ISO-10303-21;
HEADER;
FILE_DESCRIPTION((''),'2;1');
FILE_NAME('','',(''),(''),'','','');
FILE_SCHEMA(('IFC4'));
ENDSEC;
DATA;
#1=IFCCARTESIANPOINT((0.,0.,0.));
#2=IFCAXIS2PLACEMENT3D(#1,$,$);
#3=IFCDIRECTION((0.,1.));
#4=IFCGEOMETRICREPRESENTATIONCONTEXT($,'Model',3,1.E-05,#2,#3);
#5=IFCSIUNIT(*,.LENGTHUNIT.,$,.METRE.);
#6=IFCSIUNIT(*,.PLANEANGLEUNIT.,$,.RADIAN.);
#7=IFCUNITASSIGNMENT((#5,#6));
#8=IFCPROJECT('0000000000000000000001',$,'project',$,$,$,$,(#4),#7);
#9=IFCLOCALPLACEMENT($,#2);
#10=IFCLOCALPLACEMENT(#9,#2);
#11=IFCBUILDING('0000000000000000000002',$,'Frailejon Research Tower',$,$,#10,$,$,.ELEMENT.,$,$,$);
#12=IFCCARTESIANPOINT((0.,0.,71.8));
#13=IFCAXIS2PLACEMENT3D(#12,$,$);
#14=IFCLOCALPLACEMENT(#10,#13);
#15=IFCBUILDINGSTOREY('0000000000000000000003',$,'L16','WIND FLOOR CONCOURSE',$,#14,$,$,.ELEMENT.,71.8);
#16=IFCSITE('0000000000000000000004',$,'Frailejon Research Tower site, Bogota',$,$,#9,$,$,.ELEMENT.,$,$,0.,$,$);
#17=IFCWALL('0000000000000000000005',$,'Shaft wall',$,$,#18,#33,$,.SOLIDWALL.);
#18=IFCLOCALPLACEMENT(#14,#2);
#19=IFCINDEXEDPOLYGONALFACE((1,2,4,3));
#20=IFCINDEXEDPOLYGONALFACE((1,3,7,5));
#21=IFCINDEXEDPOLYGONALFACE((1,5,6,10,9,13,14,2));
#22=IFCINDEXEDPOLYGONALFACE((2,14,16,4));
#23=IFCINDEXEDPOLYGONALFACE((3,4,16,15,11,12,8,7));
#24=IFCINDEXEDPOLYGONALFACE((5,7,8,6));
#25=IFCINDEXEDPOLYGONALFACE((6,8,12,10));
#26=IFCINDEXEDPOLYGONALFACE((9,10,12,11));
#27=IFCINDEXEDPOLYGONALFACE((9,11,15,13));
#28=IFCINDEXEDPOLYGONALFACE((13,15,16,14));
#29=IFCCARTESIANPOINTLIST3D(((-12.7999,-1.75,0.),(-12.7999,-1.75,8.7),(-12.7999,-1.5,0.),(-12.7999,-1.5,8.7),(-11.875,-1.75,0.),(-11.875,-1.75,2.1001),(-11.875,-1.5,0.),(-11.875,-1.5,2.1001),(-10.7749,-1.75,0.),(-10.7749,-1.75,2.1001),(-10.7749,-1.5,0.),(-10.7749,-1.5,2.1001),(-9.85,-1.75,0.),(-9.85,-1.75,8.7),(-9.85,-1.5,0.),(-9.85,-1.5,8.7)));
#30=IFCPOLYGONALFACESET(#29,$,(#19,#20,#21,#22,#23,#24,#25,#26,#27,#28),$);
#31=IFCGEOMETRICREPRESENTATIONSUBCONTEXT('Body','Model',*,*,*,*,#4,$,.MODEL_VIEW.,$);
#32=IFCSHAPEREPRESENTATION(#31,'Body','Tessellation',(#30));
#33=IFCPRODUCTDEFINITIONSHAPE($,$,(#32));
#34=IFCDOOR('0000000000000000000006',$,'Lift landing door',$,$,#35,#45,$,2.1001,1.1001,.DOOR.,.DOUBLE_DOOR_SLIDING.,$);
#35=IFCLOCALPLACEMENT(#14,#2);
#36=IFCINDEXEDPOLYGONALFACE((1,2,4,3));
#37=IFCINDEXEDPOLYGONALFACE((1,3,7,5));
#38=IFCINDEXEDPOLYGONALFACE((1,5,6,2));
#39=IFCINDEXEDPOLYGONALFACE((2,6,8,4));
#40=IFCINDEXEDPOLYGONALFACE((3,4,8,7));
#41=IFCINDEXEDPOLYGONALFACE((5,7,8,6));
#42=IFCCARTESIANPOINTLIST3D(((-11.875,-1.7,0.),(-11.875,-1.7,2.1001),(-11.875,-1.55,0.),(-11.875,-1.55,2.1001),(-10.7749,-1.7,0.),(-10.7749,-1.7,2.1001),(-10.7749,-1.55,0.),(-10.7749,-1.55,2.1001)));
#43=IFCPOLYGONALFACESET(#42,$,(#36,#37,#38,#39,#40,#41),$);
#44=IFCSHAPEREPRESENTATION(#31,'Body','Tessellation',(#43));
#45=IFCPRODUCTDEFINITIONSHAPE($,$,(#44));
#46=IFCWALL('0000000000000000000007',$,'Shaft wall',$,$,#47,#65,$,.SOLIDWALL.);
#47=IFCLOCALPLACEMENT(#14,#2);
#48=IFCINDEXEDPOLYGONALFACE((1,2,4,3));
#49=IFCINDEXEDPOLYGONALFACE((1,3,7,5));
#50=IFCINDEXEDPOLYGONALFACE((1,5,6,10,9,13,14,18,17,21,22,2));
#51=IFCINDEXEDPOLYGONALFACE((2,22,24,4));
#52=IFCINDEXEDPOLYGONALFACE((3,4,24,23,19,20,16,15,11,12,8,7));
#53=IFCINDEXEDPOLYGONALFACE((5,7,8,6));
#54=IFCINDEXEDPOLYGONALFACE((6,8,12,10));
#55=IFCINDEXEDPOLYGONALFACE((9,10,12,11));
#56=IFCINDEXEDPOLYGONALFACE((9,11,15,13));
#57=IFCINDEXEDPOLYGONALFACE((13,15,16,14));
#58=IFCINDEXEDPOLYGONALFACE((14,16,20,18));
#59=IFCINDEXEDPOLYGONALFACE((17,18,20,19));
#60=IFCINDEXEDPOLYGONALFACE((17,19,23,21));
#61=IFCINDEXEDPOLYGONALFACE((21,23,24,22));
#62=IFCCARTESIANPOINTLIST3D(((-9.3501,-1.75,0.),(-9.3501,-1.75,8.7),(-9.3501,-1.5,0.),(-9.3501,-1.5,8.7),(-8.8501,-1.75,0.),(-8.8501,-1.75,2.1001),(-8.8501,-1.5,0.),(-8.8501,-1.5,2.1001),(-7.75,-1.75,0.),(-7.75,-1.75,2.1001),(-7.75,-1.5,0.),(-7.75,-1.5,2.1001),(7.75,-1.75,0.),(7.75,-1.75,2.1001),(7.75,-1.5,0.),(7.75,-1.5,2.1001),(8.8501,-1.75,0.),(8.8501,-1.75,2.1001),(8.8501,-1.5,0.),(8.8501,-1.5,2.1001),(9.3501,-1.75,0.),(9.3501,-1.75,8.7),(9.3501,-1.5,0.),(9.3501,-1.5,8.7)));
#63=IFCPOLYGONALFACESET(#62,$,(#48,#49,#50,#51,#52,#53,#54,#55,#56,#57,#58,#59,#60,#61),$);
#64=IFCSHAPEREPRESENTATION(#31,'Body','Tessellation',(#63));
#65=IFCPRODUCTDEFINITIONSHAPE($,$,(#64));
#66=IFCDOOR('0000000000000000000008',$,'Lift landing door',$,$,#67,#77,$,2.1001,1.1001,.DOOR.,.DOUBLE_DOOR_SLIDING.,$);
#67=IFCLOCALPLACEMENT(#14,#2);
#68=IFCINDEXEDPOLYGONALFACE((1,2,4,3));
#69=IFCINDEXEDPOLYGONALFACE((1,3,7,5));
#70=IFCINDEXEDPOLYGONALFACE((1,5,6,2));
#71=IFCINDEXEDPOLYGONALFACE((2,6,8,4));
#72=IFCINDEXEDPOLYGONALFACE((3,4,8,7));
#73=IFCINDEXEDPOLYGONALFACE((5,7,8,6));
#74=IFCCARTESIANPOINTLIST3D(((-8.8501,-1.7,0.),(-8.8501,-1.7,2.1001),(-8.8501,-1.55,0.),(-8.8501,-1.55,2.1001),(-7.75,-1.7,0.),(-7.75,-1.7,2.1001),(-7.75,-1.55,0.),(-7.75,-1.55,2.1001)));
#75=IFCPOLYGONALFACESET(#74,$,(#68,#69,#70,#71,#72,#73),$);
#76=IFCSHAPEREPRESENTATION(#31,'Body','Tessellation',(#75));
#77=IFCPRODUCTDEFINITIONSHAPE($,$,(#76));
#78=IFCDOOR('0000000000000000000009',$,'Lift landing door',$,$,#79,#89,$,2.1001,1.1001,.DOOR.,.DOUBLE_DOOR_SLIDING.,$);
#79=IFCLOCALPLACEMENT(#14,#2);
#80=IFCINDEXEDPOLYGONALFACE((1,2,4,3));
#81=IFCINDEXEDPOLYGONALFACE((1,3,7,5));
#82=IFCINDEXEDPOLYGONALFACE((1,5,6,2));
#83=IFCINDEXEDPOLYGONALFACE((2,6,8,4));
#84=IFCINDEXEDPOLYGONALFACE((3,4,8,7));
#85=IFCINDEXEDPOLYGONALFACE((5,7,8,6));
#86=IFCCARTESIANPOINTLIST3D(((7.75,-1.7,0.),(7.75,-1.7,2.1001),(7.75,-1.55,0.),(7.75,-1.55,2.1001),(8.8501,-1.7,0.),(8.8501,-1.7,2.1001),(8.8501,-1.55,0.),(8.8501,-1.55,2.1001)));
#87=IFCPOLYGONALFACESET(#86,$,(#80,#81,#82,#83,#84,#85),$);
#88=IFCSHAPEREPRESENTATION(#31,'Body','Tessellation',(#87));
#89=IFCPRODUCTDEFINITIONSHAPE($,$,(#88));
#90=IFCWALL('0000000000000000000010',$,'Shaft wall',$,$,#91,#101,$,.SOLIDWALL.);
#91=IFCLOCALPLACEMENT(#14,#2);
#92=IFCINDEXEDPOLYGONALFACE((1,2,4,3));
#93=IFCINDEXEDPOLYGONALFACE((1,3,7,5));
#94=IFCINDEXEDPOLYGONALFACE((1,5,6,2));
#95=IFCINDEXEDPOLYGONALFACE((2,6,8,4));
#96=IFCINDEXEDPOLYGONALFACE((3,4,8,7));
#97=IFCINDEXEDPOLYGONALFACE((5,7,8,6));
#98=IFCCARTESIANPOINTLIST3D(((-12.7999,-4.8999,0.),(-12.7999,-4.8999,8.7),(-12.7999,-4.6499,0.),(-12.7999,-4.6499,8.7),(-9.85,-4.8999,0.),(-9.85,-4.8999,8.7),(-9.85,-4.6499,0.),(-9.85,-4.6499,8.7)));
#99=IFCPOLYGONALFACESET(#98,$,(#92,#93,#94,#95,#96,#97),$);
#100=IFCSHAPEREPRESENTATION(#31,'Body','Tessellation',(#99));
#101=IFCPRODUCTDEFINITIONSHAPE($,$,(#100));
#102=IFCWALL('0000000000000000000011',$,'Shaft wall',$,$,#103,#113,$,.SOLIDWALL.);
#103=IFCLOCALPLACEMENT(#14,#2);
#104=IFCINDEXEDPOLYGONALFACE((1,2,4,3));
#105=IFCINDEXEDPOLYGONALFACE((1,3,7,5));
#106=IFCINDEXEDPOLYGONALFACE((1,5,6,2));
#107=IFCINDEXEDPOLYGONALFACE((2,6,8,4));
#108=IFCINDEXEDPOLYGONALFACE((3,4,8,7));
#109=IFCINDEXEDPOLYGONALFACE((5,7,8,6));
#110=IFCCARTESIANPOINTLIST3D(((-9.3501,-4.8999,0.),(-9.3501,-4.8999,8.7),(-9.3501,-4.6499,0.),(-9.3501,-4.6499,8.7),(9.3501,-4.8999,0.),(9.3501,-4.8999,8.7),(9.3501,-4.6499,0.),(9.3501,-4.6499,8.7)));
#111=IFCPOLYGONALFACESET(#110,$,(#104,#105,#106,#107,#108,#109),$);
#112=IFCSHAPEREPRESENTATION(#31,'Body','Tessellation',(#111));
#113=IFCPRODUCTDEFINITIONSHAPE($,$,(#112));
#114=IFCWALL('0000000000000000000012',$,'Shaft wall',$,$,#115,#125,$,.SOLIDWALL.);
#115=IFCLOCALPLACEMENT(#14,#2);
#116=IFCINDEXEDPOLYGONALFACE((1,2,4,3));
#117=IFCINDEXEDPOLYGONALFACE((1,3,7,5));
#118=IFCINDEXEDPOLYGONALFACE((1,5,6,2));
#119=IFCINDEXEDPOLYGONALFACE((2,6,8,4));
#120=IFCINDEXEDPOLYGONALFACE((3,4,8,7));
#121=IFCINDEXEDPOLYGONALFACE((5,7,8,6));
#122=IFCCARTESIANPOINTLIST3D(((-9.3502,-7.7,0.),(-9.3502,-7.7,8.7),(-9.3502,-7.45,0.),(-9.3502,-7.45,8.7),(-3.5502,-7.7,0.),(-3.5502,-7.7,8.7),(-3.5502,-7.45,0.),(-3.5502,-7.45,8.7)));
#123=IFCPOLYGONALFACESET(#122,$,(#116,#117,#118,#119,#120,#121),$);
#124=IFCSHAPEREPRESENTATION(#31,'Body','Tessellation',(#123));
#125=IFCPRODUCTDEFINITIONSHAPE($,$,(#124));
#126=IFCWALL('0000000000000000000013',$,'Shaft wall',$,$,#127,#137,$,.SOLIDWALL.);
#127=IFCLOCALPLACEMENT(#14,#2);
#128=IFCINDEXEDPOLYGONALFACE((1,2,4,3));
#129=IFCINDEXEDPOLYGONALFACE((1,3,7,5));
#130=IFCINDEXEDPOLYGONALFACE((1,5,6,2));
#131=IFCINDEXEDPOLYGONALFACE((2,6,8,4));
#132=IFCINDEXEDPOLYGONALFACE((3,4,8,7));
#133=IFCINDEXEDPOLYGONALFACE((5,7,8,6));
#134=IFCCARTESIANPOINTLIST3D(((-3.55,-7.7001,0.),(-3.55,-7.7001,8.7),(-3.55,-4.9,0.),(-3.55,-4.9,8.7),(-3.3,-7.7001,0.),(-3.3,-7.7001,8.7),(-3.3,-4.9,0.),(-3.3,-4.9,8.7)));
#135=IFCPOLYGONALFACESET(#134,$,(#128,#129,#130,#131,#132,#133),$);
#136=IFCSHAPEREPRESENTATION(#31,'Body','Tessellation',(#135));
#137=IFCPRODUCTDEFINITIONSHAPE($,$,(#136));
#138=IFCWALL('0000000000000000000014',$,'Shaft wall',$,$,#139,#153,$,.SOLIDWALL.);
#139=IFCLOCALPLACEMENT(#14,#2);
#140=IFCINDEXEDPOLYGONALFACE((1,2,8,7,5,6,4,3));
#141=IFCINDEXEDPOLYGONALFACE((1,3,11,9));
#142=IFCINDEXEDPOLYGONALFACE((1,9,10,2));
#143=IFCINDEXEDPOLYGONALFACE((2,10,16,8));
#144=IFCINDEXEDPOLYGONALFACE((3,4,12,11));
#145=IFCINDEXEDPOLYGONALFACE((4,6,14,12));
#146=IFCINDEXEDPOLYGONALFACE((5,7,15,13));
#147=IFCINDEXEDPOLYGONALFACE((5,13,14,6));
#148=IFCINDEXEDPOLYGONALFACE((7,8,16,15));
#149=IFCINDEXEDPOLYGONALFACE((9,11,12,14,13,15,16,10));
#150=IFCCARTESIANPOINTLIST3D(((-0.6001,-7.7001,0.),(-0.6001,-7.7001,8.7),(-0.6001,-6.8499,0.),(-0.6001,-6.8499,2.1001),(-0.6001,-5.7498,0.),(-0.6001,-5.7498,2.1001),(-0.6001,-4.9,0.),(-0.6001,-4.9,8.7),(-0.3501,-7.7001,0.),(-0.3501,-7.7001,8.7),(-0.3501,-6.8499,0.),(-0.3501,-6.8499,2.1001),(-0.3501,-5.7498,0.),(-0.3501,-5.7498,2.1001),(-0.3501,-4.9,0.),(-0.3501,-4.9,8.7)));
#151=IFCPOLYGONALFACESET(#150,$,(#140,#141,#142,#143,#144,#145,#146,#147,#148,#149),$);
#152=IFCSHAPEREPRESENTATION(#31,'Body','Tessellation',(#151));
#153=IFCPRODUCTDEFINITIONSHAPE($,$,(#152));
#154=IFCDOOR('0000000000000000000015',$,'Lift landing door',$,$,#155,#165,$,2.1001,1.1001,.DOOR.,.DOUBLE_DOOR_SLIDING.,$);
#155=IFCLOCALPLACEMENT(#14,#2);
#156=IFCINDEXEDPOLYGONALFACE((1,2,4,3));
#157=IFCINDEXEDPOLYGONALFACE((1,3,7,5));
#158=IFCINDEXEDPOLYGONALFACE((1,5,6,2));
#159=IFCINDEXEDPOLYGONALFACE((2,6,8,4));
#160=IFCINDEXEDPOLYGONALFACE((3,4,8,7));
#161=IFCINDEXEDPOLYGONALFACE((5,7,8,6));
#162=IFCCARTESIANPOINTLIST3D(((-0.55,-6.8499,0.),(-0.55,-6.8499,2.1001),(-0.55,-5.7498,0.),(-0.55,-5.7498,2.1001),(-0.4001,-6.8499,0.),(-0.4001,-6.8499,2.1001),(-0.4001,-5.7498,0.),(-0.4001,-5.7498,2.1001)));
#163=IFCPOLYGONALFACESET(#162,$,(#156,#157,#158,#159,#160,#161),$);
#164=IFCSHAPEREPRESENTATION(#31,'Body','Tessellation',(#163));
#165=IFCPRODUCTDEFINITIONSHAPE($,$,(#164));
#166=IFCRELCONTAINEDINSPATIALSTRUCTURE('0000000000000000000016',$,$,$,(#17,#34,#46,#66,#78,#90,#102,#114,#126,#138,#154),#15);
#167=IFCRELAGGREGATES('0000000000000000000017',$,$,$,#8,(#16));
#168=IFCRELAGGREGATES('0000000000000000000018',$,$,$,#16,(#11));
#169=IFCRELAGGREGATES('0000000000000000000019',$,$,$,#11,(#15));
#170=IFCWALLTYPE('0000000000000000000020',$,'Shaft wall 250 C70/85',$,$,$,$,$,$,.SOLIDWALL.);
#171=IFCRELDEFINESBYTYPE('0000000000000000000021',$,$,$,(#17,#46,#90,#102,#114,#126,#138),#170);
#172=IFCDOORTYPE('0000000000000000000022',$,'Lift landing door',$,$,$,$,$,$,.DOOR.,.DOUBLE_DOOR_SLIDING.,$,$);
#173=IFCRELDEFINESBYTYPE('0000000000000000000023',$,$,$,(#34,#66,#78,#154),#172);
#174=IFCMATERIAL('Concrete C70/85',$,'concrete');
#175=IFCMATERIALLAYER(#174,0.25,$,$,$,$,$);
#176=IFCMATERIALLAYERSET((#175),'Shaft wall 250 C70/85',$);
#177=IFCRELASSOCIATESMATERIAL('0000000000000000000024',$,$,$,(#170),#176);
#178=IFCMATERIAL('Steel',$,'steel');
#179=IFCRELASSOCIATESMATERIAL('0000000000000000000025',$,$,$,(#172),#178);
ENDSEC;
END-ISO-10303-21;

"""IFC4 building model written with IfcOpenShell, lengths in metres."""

from ifc_helpers import new_model, si_unit, direction, frame, frame_2d, origin, place, context, subcontext, project, spatial, rectangle, extrude, material, layer, layer_set, type_object, element, fill, save


model = new_model("IFC4")

# Units and contexts
model_context = context("Model", 3, precision=1e-05, world=origin(), true_north=direction((0.0, 1.0)))
body_context = subcontext(model_context, "Body", "Model", "MODEL_VIEW")
ifc_project = project(units=[si_unit("LENGTHUNIT", "METRE"), si_unit("PLANEANGLEUNIT", "RADIAN")], contexts=[model_context])

# Site, building, storey
site_placement = place(None, origin())
site = spatial("IfcSite", under=ifc_project, at=site_placement, Name="Frailejon Research Tower site, Bogota", CompositionType="ELEMENT", RefElevation=0.0)
building_placement = place(site_placement, origin())
building = spatial("IfcBuilding", under=site, at=building_placement, Name="Frailejon Research Tower", CompositionType="ELEMENT")
storey_placement = place(building_placement, frame((0.0, 0.0, 71.8)))
storey = spatial("IfcBuildingStorey", under=building, at=storey_placement, Name="L16", Description="WIND FLOOR CONCOURSE", CompositionType="ELEMENT", Elevation=71.8)

# Wall, opening, door
ifc_material_1 = material(Name="Concrete C70/85", Category="concrete")
ifc_layer_1 = layer(ifc_material_1, 0.25)
ifc_layer_set_1 = layer_set([ifc_layer_1], Name="Shaft wall 250 C70/85")
wall_type_1 = type_object("IfcWallType", Name="Shaft wall 250 C70/85", PredefinedType="SOLIDWALL", material=ifc_layer_set_1)
wall_1_placement = place(storey_placement, frame((-12.8, -1.625, 0.0), z_axis=(0.0, 0.0, 1.0), x_axis=(1.0, 0.0, 0.0)))
wall_1 = element("IfcWall", 1, at=wall_1_placement, inside=storey, type_object=wall_type_1, Name="Shaft wall", PredefinedType="SOLIDWALL", context=body_context, shape_type="SweptSolid", body=[
    extrude(rectangle(XDim=2.95, YDim=0.25, at=frame_2d((1.4751, 0.0))), origin(), (0.0, 0.0, 1.0), 8.7),
])
opening_1_placement = place(wall_1_placement, frame((0.925, 0.0, 0.0)))
opening_1 = element("IfcOpeningElement", 2, at=opening_1_placement, cuts=wall_1, PredefinedType="OPENING", context=body_context, shape_type="SweptSolid", body=[
    extrude(rectangle(XDim=1.1001, YDim=2.1001, at=frame_2d((0.55, 1.05))), frame((0.0, 0.135, 0.0), z_axis=(0.0, -1.0, 0.0), x_axis=(1.0, 0.0, 0.0)), (0.0, 0.0, 1.0), 0.27),
])
ifc_material_2 = material(Name="Steel", Category="steel")
door_type_1 = type_object("IfcDoorType", Name="Lift landing door", OperationType="DOUBLE_DOOR_SLIDING", PredefinedType="DOOR", material=ifc_material_2)
door_1_placement = place(opening_1_placement, origin())
door_1 = element("IfcDoor", 3, at=door_1_placement, inside=storey, type_object=door_type_1, Name="Lift landing door", OperationType="DOUBLE_DOOR_SLIDING", OverallHeight=2.1001, OverallWidth=1.1001, PredefinedType="DOOR", context=body_context, shape_type="SweptSolid", body=[
    extrude(rectangle(XDim=1.1001, YDim=2.1001, at=frame_2d((0.55, 1.05))), frame((0.0, 0.075, 0.0), z_axis=(0.0, -1.0, 0.0), x_axis=(1.0, 0.0, 0.0)), (0.0, 0.0, 1.0), 0.1499),
])
fill(opening_1, door_1)

# Wall, openings, doors
wall_2_placement = place(storey_placement, frame((-9.3501, -1.625, 0.0), z_axis=(0.0, 0.0, 1.0), x_axis=(1.0, 0.0, 0.0)))
wall_2 = element("IfcWall", 4, at=wall_2_placement, inside=storey, type_object=wall_type_1, Name="Shaft wall", PredefinedType="SOLIDWALL", context=body_context, shape_type="SweptSolid", body=[
    extrude(rectangle(XDim=18.7002, YDim=0.25, at=frame_2d((9.3501, 0.0))), origin(), (0.0, 0.0, 1.0), 8.7),
])
opening_2_placement = place(wall_2_placement, frame((0.5, 0.0, 0.0)))
opening_2 = element("IfcOpeningElement", 5, at=opening_2_placement, cuts=wall_2, PredefinedType="OPENING", context=body_context, shape_type="SweptSolid", body=[
    extrude(rectangle(XDim=1.1001, YDim=2.1001, at=frame_2d((0.55, 1.05))), frame((0.0, 0.135, 0.0), z_axis=(0.0, -1.0, 0.0), x_axis=(1.0, 0.0, 0.0)), (0.0, 0.0, 1.0), 0.27),
])
opening_3_placement = place(wall_2_placement, frame((17.1001, 0.0, 0.0)))
opening_3 = element("IfcOpeningElement", 6, at=opening_3_placement, cuts=wall_2, PredefinedType="OPENING", context=body_context, shape_type="SweptSolid", body=[
    extrude(rectangle(XDim=1.1001, YDim=2.1001, at=frame_2d((0.55, 1.05))), frame((0.0, 0.135, 0.0), z_axis=(0.0, -1.0, 0.0), x_axis=(1.0, 0.0, 0.0)), (0.0, 0.0, 1.0), 0.27),
])
door_2_placement = place(opening_2_placement, origin())
door_2 = element("IfcDoor", 7, at=door_2_placement, inside=storey, type_object=door_type_1, Name="Lift landing door", OperationType="DOUBLE_DOOR_SLIDING", OverallHeight=2.1001, OverallWidth=1.1001, PredefinedType="DOOR", context=body_context, shape_type="SweptSolid", body=[
    extrude(rectangle(XDim=1.1001, YDim=2.1001, at=frame_2d((0.55, 1.05))), frame((0.0, 0.075, 0.0), z_axis=(0.0, -1.0, 0.0), x_axis=(1.0, 0.0, 0.0)), (0.0, 0.0, 1.0), 0.1499),
])
fill(opening_2, door_2)
door_3_placement = place(opening_3_placement, origin())
door_3 = element("IfcDoor", 8, at=door_3_placement, inside=storey, type_object=door_type_1, Name="Lift landing door", OperationType="DOUBLE_DOOR_SLIDING", OverallHeight=2.1001, OverallWidth=1.1001, PredefinedType="DOOR", context=body_context, shape_type="SweptSolid", body=[
    extrude(rectangle(XDim=1.1001, YDim=2.1001, at=frame_2d((0.55, 1.05))), frame((0.0, 0.075, 0.0), z_axis=(0.0, -1.0, 0.0), x_axis=(1.0, 0.0, 0.0)), (0.0, 0.0, 1.0), 0.1499),
])
fill(opening_3, door_3)

# Walls
wall_3_placement = place(storey_placement, frame((-12.8, -4.7749, 0.0), z_axis=(0.0, 0.0, 1.0), x_axis=(1.0, 0.0, 0.0)))
element("IfcWall", 9, at=wall_3_placement, inside=storey, type_object=wall_type_1, Name="Shaft wall", PredefinedType="SOLIDWALL", context=body_context, shape_type="SweptSolid", body=[
    extrude(rectangle(XDim=2.95, YDim=0.25, at=frame_2d((1.4751, 0.0))), origin(), (0.0, 0.0, 1.0), 8.7),
])
wall_4_placement = place(storey_placement, frame((-9.3501, -4.7749, 0.0), z_axis=(0.0, 0.0, 1.0), x_axis=(1.0, 0.0, 0.0)))
element("IfcWall", 10, at=wall_4_placement, inside=storey, type_object=wall_type_1, Name="Shaft wall", PredefinedType="SOLIDWALL", context=body_context, shape_type="SweptSolid", body=[
    extrude(rectangle(XDim=18.7002, YDim=0.25, at=frame_2d((9.3501, 0.0))), origin(), (0.0, 0.0, 1.0), 8.7),
])
wall_5_placement = place(storey_placement, frame((-9.3501, -7.575, 0.0), z_axis=(0.0, 0.0, 1.0), x_axis=(1.0, 0.0, 0.0)))
element("IfcWall", 11, at=wall_5_placement, inside=storey, type_object=wall_type_1, Name="Shaft wall", PredefinedType="SOLIDWALL", context=body_context, shape_type="SweptSolid", body=[
    extrude(rectangle(XDim=5.8, YDim=0.25, at=frame_2d((2.8999, 0.0))), origin(), (0.0, 0.0, 1.0), 8.7),
])
wall_6_placement = place(storey_placement, frame((-3.425, -7.7, 0.0), z_axis=(0.0, 0.0, 1.0), x_axis=(0.0, 1.0, 0.0)))
element("IfcWall", 12, at=wall_6_placement, inside=storey, type_object=wall_type_1, Name="Shaft wall", PredefinedType="SOLIDWALL", context=body_context, shape_type="SweptSolid", body=[
    extrude(rectangle(XDim=2.8, YDim=0.25, at=frame_2d((1.3999, 0.0))), origin(), (0.0, 0.0, 1.0), 8.7),
])

# Wall, opening, door
wall_7_placement = place(storey_placement, frame((-0.4751, -7.7, 0.0), z_axis=(0.0, 0.0, 1.0), x_axis=(0.0, 1.0, 0.0)))
wall_7 = element("IfcWall", 13, at=wall_7_placement, inside=storey, type_object=wall_type_1, Name="Shaft wall", PredefinedType="SOLIDWALL", context=body_context, shape_type="SweptSolid", body=[
    extrude(rectangle(XDim=2.8, YDim=0.25, at=frame_2d((1.3999, 0.0))), origin(), (0.0, 0.0, 1.0), 8.7),
])
opening_4_placement = place(wall_7_placement, frame((0.8501, 0.0, 0.0)))
opening_4 = element("IfcOpeningElement", 14, at=opening_4_placement, cuts=wall_7, PredefinedType="OPENING", context=body_context, shape_type="SweptSolid", body=[
    extrude(rectangle(XDim=1.1001, YDim=2.1001, at=frame_2d((0.55, 1.05))), frame((0.0, 0.135, 0.0), z_axis=(0.0, -1.0, 0.0), x_axis=(1.0, 0.0, 0.0)), (0.0, 0.0, 1.0), 0.27),
])
door_4_placement = place(opening_4_placement, origin())
door_4 = element("IfcDoor", 15, at=door_4_placement, inside=storey, type_object=door_type_1, Name="Lift landing door", OperationType="DOUBLE_DOOR_SLIDING", OverallHeight=2.1001, OverallWidth=1.1001, PredefinedType="DOOR", context=body_context, shape_type="SweptSolid", body=[
    extrude(rectangle(XDim=1.1001, YDim=2.1001, at=frame_2d((0.55, 1.05))), frame((0.0, 0.075, 0.0), z_axis=(0.0, -1.0, 0.0), x_axis=(1.0, 0.0, 0.0)), (0.0, 0.0, 1.0), 0.1499),
])
fill(opening_4, door_4)

save(model, "model.ifc")
